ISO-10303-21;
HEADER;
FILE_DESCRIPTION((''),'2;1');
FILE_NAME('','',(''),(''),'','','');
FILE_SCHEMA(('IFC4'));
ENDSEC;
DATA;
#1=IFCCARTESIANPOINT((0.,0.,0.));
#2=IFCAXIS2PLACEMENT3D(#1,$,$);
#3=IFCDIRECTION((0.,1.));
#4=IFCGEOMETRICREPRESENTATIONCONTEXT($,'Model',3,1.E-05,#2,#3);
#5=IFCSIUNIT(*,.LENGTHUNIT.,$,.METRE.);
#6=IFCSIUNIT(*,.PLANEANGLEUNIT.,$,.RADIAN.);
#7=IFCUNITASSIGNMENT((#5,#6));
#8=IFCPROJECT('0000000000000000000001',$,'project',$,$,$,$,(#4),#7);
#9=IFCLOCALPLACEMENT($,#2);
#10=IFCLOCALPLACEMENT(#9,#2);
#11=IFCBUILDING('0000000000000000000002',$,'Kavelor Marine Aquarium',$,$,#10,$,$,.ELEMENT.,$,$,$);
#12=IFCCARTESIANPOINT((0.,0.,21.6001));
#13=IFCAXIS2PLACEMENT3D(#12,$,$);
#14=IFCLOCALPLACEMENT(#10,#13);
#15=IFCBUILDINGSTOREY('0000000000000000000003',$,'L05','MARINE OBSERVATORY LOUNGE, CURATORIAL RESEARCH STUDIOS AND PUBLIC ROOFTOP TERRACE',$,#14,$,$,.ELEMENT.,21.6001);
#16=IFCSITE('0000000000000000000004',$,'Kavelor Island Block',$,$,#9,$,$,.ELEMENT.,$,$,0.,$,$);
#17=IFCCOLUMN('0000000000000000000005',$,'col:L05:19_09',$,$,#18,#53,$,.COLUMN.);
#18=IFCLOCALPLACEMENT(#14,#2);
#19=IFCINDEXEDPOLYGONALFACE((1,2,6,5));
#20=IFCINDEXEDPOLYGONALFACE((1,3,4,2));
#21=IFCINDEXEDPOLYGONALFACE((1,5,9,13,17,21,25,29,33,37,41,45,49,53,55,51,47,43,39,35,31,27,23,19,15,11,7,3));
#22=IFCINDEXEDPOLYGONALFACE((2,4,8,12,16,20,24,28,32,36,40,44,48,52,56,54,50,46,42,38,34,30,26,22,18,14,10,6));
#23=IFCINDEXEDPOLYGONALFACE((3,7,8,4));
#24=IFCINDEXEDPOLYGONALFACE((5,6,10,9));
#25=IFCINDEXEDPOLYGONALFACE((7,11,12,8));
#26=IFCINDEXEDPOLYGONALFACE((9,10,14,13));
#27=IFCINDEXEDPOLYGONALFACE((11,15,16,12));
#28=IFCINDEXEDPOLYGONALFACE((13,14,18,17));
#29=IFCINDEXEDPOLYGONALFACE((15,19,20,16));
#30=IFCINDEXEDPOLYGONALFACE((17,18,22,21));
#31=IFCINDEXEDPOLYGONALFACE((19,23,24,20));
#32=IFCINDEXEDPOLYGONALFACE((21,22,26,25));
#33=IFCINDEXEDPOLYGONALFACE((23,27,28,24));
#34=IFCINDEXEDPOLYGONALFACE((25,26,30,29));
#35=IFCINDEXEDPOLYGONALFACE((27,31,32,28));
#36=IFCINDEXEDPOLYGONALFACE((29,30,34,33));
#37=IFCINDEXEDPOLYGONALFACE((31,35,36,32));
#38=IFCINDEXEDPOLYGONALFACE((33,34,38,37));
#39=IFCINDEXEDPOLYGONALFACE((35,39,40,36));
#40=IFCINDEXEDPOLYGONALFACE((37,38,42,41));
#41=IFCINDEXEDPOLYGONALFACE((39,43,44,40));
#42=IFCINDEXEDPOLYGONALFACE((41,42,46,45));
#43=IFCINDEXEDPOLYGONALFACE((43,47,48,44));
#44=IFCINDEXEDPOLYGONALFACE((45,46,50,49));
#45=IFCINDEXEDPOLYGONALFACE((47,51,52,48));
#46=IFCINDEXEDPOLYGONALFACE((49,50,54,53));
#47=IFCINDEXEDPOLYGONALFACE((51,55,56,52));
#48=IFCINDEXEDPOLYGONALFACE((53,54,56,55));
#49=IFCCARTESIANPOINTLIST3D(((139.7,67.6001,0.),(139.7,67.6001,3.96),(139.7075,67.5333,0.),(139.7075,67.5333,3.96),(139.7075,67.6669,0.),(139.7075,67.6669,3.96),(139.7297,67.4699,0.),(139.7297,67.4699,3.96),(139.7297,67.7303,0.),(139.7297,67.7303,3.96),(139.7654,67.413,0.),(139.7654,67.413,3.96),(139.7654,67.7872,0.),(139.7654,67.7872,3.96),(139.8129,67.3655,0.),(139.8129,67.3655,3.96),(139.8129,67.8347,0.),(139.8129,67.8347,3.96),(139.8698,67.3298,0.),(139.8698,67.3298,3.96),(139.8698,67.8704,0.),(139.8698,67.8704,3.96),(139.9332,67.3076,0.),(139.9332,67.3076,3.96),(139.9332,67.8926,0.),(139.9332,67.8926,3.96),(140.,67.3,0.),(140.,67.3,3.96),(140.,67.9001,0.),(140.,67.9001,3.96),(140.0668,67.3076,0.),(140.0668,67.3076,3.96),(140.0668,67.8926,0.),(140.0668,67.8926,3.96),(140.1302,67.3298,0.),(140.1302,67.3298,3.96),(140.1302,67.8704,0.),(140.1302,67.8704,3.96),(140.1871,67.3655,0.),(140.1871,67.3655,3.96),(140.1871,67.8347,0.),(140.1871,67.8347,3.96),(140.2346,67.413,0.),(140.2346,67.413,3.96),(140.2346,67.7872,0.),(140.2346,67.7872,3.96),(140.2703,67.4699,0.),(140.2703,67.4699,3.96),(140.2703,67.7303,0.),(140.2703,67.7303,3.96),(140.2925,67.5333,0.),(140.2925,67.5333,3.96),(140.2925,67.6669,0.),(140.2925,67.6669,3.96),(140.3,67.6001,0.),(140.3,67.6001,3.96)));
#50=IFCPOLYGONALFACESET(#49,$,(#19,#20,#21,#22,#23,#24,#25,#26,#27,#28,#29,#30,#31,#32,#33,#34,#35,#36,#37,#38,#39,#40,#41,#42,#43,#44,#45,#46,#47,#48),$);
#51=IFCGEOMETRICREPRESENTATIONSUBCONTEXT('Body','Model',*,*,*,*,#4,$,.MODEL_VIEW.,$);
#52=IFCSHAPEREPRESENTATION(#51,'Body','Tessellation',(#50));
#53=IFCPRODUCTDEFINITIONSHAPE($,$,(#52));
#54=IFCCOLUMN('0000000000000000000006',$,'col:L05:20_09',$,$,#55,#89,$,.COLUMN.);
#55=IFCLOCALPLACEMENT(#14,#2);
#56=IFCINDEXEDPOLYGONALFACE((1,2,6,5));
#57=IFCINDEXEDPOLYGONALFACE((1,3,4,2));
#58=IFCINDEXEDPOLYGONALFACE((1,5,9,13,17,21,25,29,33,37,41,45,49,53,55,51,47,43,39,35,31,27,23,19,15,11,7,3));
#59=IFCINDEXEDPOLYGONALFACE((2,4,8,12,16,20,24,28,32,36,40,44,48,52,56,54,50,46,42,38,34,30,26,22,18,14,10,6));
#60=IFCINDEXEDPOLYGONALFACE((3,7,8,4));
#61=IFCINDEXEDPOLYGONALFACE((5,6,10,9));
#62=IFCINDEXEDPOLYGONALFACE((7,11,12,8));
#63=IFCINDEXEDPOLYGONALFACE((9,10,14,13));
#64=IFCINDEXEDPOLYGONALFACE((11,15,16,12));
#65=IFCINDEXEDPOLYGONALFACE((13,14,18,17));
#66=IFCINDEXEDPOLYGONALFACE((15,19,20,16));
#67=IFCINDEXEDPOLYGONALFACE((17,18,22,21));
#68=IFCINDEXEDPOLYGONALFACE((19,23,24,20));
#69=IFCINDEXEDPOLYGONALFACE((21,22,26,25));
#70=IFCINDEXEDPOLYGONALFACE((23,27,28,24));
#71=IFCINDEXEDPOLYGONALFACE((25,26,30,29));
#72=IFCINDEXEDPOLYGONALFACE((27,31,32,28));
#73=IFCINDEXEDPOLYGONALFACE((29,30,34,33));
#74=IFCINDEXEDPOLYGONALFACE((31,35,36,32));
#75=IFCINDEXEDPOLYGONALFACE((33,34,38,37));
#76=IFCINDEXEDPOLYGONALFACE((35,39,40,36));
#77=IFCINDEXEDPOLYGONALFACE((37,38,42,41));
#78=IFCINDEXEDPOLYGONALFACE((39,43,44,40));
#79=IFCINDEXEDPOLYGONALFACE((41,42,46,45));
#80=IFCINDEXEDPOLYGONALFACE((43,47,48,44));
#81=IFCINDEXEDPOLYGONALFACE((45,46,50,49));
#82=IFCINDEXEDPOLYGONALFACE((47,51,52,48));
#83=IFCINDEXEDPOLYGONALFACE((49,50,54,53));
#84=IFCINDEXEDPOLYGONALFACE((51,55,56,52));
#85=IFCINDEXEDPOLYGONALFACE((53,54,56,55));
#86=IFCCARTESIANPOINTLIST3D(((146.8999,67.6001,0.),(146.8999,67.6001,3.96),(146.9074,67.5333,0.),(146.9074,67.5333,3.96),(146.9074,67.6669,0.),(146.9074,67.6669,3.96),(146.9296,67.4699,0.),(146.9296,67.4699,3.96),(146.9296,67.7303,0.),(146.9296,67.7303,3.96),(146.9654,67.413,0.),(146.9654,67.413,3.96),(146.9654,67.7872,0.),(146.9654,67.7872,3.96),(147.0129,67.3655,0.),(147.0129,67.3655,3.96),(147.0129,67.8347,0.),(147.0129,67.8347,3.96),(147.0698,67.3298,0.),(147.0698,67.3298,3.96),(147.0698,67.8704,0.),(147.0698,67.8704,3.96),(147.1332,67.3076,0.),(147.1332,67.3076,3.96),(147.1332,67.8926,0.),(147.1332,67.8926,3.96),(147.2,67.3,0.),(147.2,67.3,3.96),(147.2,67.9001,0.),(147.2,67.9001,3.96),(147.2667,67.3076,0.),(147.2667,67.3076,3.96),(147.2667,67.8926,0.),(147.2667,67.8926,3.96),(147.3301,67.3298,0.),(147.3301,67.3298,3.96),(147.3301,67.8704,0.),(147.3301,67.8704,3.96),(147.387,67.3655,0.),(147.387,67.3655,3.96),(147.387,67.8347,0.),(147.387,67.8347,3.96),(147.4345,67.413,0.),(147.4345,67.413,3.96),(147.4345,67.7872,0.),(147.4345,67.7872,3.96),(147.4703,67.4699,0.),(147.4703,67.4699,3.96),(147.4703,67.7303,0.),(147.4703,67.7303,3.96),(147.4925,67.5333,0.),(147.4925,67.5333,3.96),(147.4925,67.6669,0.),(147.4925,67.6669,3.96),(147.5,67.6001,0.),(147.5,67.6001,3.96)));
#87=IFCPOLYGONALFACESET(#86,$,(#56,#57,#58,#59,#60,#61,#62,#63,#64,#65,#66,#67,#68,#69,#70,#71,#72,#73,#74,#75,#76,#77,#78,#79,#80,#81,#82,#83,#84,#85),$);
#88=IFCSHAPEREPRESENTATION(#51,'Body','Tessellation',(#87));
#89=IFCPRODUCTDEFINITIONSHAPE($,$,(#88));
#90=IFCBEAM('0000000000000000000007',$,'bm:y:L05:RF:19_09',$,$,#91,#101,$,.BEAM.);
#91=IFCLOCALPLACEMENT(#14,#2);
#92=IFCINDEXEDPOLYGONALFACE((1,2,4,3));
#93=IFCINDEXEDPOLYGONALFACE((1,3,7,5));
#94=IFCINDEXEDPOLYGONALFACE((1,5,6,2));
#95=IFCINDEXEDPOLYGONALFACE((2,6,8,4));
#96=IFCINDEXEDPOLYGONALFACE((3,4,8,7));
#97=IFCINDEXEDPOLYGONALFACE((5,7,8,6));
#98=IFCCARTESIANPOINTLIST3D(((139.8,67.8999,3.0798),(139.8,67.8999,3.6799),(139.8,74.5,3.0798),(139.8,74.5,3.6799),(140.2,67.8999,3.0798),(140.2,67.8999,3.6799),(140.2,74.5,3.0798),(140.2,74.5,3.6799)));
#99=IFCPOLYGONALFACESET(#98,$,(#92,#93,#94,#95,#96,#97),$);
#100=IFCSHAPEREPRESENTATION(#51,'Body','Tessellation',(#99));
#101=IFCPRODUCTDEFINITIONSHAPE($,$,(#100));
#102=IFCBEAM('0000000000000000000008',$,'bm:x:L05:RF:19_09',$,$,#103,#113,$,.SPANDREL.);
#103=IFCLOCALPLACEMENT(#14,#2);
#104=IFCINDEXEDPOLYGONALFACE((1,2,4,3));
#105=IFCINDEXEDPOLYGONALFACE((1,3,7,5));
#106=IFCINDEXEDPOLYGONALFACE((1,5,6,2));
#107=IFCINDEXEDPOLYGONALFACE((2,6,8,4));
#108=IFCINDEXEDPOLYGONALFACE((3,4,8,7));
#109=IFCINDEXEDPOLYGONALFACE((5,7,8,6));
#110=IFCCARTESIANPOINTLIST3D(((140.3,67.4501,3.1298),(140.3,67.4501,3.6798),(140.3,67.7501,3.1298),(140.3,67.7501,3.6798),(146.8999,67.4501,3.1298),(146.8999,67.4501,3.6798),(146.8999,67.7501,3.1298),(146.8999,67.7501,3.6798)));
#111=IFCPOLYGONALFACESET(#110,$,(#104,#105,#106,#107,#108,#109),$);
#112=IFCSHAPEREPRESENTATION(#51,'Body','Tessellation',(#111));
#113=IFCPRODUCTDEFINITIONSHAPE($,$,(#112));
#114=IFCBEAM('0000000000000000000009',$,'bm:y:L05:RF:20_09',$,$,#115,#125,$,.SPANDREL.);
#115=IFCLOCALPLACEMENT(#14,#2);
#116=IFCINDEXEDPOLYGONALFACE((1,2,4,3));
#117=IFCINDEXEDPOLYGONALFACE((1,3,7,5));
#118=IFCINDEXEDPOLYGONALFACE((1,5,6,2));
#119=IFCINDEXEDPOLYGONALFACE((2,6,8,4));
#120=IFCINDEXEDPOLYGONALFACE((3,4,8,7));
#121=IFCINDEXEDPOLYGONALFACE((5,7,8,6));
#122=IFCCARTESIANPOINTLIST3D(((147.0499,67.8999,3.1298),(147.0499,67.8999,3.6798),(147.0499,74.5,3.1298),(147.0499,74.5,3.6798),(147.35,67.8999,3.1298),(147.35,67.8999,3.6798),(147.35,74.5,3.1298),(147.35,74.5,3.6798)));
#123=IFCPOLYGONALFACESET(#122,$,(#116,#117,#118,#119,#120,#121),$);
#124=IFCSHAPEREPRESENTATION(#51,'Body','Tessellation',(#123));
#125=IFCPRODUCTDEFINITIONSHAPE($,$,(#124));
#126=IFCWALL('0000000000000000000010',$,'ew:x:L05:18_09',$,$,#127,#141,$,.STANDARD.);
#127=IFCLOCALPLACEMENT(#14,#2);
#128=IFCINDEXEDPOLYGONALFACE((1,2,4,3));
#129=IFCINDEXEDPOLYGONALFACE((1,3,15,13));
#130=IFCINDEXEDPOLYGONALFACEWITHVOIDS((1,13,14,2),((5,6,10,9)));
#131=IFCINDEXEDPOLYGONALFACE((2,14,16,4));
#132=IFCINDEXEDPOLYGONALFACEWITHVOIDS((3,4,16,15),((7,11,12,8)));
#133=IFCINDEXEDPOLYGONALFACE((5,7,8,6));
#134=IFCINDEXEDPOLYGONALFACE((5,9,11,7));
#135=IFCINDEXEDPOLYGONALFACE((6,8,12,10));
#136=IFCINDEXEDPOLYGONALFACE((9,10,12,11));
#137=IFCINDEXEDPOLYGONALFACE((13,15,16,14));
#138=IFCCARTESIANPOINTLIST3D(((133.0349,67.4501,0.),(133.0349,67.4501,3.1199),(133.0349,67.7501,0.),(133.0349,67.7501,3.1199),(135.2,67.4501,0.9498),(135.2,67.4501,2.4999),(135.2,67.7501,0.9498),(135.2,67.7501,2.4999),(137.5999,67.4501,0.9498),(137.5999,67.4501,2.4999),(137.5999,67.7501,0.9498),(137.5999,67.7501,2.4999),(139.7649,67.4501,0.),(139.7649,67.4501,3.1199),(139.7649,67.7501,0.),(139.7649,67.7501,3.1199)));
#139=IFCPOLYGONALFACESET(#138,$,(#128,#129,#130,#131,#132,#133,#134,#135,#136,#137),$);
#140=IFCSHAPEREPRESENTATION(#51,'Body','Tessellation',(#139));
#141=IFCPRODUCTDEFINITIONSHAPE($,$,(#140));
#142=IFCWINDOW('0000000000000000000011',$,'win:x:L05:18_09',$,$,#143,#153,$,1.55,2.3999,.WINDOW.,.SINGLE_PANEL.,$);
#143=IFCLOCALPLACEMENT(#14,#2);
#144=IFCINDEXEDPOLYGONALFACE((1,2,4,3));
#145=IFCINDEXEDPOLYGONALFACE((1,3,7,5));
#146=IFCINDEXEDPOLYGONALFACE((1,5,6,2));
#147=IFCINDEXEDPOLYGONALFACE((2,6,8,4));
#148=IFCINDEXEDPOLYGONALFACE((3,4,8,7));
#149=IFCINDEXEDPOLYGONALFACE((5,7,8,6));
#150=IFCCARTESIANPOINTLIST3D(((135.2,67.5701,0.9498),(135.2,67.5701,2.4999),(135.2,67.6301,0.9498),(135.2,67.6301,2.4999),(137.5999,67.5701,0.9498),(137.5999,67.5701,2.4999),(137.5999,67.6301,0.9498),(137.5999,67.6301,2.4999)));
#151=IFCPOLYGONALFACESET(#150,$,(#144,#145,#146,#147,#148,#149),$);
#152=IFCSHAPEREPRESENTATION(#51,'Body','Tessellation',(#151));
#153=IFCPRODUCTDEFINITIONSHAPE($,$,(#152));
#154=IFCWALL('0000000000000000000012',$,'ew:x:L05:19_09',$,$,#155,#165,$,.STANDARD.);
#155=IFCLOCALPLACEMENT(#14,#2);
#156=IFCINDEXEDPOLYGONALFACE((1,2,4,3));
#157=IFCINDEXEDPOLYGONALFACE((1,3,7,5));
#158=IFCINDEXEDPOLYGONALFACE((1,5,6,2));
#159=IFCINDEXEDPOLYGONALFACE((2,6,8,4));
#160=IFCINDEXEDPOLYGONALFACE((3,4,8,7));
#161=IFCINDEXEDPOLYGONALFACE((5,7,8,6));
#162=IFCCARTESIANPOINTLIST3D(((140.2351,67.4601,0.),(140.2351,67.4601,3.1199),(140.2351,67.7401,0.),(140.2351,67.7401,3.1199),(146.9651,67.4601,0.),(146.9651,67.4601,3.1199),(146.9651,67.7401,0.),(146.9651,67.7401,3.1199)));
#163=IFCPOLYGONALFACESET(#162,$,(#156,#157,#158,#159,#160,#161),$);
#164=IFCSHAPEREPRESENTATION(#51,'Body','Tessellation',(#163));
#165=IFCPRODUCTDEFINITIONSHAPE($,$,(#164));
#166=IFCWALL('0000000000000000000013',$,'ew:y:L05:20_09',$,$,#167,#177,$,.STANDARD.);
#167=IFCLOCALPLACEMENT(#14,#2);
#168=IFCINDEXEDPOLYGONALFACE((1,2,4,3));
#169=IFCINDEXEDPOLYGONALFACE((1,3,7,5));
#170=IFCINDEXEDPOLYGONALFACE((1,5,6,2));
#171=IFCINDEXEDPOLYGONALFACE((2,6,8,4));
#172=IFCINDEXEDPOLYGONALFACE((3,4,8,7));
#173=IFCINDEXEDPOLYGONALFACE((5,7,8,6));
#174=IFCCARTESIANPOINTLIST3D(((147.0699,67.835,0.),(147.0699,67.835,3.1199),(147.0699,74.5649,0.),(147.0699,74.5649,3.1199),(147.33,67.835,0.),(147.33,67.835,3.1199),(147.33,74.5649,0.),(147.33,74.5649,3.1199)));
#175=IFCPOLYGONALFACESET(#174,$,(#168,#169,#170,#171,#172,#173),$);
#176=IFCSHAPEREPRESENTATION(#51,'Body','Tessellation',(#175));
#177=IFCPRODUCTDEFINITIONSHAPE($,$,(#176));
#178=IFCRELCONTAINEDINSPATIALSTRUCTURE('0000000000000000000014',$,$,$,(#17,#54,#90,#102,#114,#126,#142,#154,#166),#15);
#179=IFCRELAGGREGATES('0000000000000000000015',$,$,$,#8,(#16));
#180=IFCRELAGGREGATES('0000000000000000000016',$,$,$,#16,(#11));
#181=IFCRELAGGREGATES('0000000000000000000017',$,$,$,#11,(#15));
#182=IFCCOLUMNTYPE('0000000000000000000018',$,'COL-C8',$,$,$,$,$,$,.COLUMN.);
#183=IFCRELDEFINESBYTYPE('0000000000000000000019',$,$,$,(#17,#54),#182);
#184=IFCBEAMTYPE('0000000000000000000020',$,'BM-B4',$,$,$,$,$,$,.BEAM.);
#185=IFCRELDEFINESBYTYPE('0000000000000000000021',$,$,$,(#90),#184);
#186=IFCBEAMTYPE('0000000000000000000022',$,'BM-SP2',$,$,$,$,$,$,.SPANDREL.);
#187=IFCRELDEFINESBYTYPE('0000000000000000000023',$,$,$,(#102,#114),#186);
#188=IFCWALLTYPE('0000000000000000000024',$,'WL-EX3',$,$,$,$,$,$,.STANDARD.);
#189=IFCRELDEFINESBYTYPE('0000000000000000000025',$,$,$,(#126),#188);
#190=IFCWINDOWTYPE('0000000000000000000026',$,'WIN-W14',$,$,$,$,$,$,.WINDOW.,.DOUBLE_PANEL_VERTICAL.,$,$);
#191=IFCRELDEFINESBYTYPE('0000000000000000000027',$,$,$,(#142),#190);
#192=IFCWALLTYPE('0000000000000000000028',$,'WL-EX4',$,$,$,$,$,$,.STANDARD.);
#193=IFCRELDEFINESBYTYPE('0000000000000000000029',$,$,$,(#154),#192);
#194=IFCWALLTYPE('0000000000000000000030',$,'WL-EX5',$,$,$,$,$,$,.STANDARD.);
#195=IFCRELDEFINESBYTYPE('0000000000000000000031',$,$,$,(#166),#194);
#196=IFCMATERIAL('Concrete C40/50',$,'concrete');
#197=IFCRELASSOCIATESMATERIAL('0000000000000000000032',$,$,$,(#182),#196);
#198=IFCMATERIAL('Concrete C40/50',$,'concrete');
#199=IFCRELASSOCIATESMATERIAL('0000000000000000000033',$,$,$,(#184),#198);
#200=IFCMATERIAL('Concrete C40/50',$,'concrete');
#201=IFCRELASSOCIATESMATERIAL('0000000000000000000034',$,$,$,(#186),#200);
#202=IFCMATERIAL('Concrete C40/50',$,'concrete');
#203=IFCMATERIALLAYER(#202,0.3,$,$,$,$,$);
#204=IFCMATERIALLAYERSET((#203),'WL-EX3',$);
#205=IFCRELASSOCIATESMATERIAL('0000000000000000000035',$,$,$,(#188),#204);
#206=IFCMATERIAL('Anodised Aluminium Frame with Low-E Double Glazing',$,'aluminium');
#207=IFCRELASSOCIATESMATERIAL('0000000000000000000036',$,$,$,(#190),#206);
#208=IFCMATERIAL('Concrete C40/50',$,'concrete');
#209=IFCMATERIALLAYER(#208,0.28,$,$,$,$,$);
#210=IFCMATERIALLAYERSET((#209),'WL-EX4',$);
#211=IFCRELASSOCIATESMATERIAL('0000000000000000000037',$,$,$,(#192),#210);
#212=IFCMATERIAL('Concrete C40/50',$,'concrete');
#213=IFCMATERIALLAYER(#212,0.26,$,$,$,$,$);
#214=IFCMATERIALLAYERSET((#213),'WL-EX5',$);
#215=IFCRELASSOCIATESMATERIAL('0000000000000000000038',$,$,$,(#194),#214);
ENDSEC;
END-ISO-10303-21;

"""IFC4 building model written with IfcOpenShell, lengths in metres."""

from ifc_helpers import new_model, si_unit, direction, frame, frame_2d, origin, origin_2d, place, context, subcontext, project, spatial, rectangle, circle, extrude, material, layer, layer_set, material_profile, profile_set, type_object, element, fill, save


model = new_model("IFC4")

# Units and contexts
model_context = context("Model", 3, precision=1e-05, world=origin(), true_north=direction((0.0, 1.0)))
body_context = subcontext(model_context, "Body", "Model", "MODEL_VIEW")
ifc_project = project(units=[si_unit("LENGTHUNIT", "METRE"), si_unit("PLANEANGLEUNIT", "RADIAN")], contexts=[model_context])

# Site, building, storey
site_placement = place(None, origin())
site = spatial("IfcSite", under=ifc_project, at=site_placement, Name="Kavelor Island Block", CompositionType="ELEMENT", RefElevation=0.0)
building_placement = place(site_placement, origin())
building = spatial("IfcBuilding", under=site, at=building_placement, Name="Kavelor Marine Aquarium", CompositionType="ELEMENT")
storey_placement = place(building_placement, frame((0.0, 0.0, 21.6001)))
storey = spatial("IfcBuildingStorey", under=building, at=storey_placement, Name="L05", Description="MARINE OBSERVATORY LOUNGE, CURATORIAL RESEARCH STUDIOS AND PUBLIC ROOFTOP TERRACE", CompositionType="ELEMENT", Elevation=21.6001)

# Columns
ifc_material_1 = material(Name="Concrete C40/50", Category="concrete")
ifc_material_profile_1 = material_profile(ifc_material_1, circle(Radius=0.3, at=origin_2d()), Name="RC-COL D600")
ifc_profile_set_1 = profile_set([ifc_material_profile_1], Name="Concrete C40/50")
column_type = type_object("IfcColumnType", Name="COL-C8", PredefinedType="COLUMN", material=ifc_profile_set_1)
for number, where, z_axis, x_axis, name in (
    (1, (140.0, 67.6001, 0.0), (0.0, 0.0, 1.0), (1.0, 0.0, 0.0), "col:L05:19_09"),
    (2, (147.2, 67.6001, 0.0), (0.0, 0.0, 1.0), (1.0, 0.0, 0.0), "col:L05:20_09"),
):
    element("IfcColumn", number, at=place(storey_placement, frame(where, z_axis=z_axis, x_axis=x_axis)), inside=storey, type_object=column_type, Name=name, PredefinedType="COLUMN", context=body_context, shape_type="SweptSolid", body=[
        extrude(circle(Radius=0.3, at=origin_2d()), origin(), (0.0, 0.0, 1.0), 3.96),
    ])

# Beams
ifc_material_2 = material(Name="Concrete C40/50", Category="concrete")
ifc_material_profile_2 = material_profile(ifc_material_2, rectangle(XDim=0.3999, YDim=0.6001, at=origin_2d()), Name="RC-BM 400x600")
ifc_profile_set_2 = profile_set([ifc_material_profile_2], Name="Concrete C40/50")
beam_type_1 = type_object("IfcBeamType", Name="BM-B4", PredefinedType="BEAM", material=ifc_profile_set_2)
beam_1_placement = place(storey_placement, frame((140.0, 67.8999, 3.3799), z_axis=(0.0, 1.0, 0.0), x_axis=(-1.0, 0.0, 0.0)))
element("IfcBeam", 3, at=beam_1_placement, inside=storey, type_object=beam_type_1, Name="bm:y:L05:RF:19_09", PredefinedType="BEAM", context=body_context, shape_type="SweptSolid", body=[
    extrude(rectangle(XDim=0.3999, YDim=0.6001, at=origin_2d()), origin(), (0.0, 0.0, 1.0), 6.6001),
])
ifc_material_3 = material(Name="Concrete C40/50", Category="concrete")
ifc_material_profile_3 = material_profile(ifc_material_3, rectangle(XDim=0.3, YDim=0.55, at=origin_2d()), Name="RC-SP 300x550")
ifc_profile_set_3 = profile_set([ifc_material_profile_3], Name="Concrete C40/50")
beam_type_2 = type_object("IfcBeamType", Name="BM-SP2", PredefinedType="SPANDREL", material=ifc_profile_set_3)
beam_2_placement = place(storey_placement, frame((140.3, 67.6001, 3.4048), z_axis=(1.0, 0.0, 0.0), x_axis=(0.0, 1.0, 0.0)))
element("IfcBeam", 4, at=beam_2_placement, inside=storey, type_object=beam_type_2, Name="bm:x:L05:RF:19_09", PredefinedType="SPANDREL", context=body_context, shape_type="SweptSolid", body=[
    extrude(rectangle(XDim=0.3, YDim=0.55, at=origin_2d()), origin(), (0.0, 0.0, 1.0), 6.5999),
])
beam_3_placement = place(storey_placement, frame((147.2, 67.8999, 3.4048), z_axis=(0.0, 1.0, 0.0), x_axis=(-1.0, 0.0, 0.0)))
element("IfcBeam", 5, at=beam_3_placement, inside=storey, type_object=beam_type_2, Name="bm:y:L05:RF:20_09", PredefinedType="SPANDREL", context=body_context, shape_type="SweptSolid", body=[
    extrude(rectangle(XDim=0.3, YDim=0.55, at=origin_2d()), origin(), (0.0, 0.0, 1.0), 6.6001),
])

# Wall, opening, window
ifc_material_4 = material(Name="Concrete C40/50", Category="concrete")
ifc_layer_1 = layer(ifc_material_4, 0.3)
ifc_layer_set_1 = layer_set([ifc_layer_1], Name="WL-EX3")
wall_type_1 = type_object("IfcWallType", Name="WL-EX3", PredefinedType="STANDARD", material=ifc_layer_set_1)
wall_1_placement = place(storey_placement, frame((139.7649, 67.6001, 0.0), z_axis=(0.0, 0.0, 1.0), x_axis=(-1.0, 0.0, 0.0)))
wall_1 = element("IfcWall", 6, at=wall_1_placement, inside=storey, type_object=wall_type_1, Name="ew:x:L05:18_09", PredefinedType="STANDARD", context=body_context, shape_type="SweptSolid", body=[
    extrude(rectangle(XDim=6.73, YDim=0.3, at=frame_2d((3.365, 0.0))), origin(), (0.0, 0.0, 1.0), 3.1199),
])
opening_1_placement = place(wall_1_placement, frame((2.165, 0.0, 0.95)))
opening_1 = element("IfcOpeningElement", 7, at=opening_1_placement, cuts=wall_1, PredefinedType="OPENING", context=body_context, shape_type="SweptSolid", body=[
    extrude(rectangle(XDim=2.3999, YDim=1.55, at=frame_2d((1.2, 0.7749))), frame((0.0, 0.1599, 0.0), z_axis=(0.0, -1.0, 0.0), x_axis=(1.0, 0.0, 0.0)), (0.0, 0.0, 1.0), 0.32),
])
ifc_material_5 = material(Name="Anodised Aluminium Frame with Low-E Double Glazing", Category="aluminium")
window_type = type_object("IfcWindowType", Name="WIN-W14", PartitioningType="DOUBLE_PANEL_VERTICAL", PredefinedType="WINDOW", material=ifc_material_5)
window_placement = place(opening_1_placement, origin())
window = element("IfcWindow", 8, at=window_placement, inside=storey, type_object=window_type, Name="win:x:L05:18_09", OverallHeight=1.55, OverallWidth=2.3999, PartitioningType="SINGLE_PANEL", PredefinedType="WINDOW", context=body_context, shape_type="SweptSolid", body=[
    extrude(rectangle(XDim=2.3999, YDim=1.55, at=frame_2d((1.2, 0.7749))), frame((0.0, 0.03, 0.0), z_axis=(0.0, -1.0, 0.0), x_axis=(1.0, 0.0, 0.0)), (0.0, 0.0, 1.0), 0.0601),
])
fill(opening_1, window)

# Walls
ifc_material_6 = material(Name="Concrete C40/50", Category="concrete")
ifc_layer_2 = layer(ifc_material_6, 0.28)
ifc_layer_set_2 = layer_set([ifc_layer_2], Name="WL-EX4")
wall_type_2 = type_object("IfcWallType", Name="WL-EX4", PredefinedType="STANDARD", material=ifc_layer_set_2)
wall_2_placement = place(storey_placement, frame((146.9651, 67.6001, 0.0), z_axis=(0.0, 0.0, 1.0), x_axis=(-1.0, 0.0, 0.0)))
element("IfcWall", 9, at=wall_2_placement, inside=storey, type_object=wall_type_2, Name="ew:x:L05:19_09", PredefinedType="STANDARD", context=body_context, shape_type="SweptSolid", body=[
    extrude(rectangle(XDim=6.73, YDim=0.28, at=frame_2d((3.365, 0.0))), origin(), (0.0, 0.0, 1.0), 3.1199),
])
ifc_material_7 = material(Name="Concrete C40/50", Category="concrete")
ifc_layer_3 = layer(ifc_material_7, 0.26)
ifc_layer_set_3 = layer_set([ifc_layer_3], Name="WL-EX5")
wall_type_3 = type_object("IfcWallType", Name="WL-EX5", PredefinedType="STANDARD", material=ifc_layer_set_3)
wall_3_placement = place(storey_placement, frame((147.2, 74.5649, 0.0), z_axis=(0.0, 0.0, 1.0), x_axis=(0.0, -1.0, 0.0)))
element("IfcWall", 10, at=wall_3_placement, inside=storey, type_object=wall_type_3, Name="ew:y:L05:20_09", PredefinedType="STANDARD", context=body_context, shape_type="SweptSolid", body=[
    extrude(rectangle(XDim=6.73, YDim=0.26, at=frame_2d((3.365, 0.0))), origin(), (0.0, 0.0, 1.0), 3.1199),
])

save(model, "model.ifc")
